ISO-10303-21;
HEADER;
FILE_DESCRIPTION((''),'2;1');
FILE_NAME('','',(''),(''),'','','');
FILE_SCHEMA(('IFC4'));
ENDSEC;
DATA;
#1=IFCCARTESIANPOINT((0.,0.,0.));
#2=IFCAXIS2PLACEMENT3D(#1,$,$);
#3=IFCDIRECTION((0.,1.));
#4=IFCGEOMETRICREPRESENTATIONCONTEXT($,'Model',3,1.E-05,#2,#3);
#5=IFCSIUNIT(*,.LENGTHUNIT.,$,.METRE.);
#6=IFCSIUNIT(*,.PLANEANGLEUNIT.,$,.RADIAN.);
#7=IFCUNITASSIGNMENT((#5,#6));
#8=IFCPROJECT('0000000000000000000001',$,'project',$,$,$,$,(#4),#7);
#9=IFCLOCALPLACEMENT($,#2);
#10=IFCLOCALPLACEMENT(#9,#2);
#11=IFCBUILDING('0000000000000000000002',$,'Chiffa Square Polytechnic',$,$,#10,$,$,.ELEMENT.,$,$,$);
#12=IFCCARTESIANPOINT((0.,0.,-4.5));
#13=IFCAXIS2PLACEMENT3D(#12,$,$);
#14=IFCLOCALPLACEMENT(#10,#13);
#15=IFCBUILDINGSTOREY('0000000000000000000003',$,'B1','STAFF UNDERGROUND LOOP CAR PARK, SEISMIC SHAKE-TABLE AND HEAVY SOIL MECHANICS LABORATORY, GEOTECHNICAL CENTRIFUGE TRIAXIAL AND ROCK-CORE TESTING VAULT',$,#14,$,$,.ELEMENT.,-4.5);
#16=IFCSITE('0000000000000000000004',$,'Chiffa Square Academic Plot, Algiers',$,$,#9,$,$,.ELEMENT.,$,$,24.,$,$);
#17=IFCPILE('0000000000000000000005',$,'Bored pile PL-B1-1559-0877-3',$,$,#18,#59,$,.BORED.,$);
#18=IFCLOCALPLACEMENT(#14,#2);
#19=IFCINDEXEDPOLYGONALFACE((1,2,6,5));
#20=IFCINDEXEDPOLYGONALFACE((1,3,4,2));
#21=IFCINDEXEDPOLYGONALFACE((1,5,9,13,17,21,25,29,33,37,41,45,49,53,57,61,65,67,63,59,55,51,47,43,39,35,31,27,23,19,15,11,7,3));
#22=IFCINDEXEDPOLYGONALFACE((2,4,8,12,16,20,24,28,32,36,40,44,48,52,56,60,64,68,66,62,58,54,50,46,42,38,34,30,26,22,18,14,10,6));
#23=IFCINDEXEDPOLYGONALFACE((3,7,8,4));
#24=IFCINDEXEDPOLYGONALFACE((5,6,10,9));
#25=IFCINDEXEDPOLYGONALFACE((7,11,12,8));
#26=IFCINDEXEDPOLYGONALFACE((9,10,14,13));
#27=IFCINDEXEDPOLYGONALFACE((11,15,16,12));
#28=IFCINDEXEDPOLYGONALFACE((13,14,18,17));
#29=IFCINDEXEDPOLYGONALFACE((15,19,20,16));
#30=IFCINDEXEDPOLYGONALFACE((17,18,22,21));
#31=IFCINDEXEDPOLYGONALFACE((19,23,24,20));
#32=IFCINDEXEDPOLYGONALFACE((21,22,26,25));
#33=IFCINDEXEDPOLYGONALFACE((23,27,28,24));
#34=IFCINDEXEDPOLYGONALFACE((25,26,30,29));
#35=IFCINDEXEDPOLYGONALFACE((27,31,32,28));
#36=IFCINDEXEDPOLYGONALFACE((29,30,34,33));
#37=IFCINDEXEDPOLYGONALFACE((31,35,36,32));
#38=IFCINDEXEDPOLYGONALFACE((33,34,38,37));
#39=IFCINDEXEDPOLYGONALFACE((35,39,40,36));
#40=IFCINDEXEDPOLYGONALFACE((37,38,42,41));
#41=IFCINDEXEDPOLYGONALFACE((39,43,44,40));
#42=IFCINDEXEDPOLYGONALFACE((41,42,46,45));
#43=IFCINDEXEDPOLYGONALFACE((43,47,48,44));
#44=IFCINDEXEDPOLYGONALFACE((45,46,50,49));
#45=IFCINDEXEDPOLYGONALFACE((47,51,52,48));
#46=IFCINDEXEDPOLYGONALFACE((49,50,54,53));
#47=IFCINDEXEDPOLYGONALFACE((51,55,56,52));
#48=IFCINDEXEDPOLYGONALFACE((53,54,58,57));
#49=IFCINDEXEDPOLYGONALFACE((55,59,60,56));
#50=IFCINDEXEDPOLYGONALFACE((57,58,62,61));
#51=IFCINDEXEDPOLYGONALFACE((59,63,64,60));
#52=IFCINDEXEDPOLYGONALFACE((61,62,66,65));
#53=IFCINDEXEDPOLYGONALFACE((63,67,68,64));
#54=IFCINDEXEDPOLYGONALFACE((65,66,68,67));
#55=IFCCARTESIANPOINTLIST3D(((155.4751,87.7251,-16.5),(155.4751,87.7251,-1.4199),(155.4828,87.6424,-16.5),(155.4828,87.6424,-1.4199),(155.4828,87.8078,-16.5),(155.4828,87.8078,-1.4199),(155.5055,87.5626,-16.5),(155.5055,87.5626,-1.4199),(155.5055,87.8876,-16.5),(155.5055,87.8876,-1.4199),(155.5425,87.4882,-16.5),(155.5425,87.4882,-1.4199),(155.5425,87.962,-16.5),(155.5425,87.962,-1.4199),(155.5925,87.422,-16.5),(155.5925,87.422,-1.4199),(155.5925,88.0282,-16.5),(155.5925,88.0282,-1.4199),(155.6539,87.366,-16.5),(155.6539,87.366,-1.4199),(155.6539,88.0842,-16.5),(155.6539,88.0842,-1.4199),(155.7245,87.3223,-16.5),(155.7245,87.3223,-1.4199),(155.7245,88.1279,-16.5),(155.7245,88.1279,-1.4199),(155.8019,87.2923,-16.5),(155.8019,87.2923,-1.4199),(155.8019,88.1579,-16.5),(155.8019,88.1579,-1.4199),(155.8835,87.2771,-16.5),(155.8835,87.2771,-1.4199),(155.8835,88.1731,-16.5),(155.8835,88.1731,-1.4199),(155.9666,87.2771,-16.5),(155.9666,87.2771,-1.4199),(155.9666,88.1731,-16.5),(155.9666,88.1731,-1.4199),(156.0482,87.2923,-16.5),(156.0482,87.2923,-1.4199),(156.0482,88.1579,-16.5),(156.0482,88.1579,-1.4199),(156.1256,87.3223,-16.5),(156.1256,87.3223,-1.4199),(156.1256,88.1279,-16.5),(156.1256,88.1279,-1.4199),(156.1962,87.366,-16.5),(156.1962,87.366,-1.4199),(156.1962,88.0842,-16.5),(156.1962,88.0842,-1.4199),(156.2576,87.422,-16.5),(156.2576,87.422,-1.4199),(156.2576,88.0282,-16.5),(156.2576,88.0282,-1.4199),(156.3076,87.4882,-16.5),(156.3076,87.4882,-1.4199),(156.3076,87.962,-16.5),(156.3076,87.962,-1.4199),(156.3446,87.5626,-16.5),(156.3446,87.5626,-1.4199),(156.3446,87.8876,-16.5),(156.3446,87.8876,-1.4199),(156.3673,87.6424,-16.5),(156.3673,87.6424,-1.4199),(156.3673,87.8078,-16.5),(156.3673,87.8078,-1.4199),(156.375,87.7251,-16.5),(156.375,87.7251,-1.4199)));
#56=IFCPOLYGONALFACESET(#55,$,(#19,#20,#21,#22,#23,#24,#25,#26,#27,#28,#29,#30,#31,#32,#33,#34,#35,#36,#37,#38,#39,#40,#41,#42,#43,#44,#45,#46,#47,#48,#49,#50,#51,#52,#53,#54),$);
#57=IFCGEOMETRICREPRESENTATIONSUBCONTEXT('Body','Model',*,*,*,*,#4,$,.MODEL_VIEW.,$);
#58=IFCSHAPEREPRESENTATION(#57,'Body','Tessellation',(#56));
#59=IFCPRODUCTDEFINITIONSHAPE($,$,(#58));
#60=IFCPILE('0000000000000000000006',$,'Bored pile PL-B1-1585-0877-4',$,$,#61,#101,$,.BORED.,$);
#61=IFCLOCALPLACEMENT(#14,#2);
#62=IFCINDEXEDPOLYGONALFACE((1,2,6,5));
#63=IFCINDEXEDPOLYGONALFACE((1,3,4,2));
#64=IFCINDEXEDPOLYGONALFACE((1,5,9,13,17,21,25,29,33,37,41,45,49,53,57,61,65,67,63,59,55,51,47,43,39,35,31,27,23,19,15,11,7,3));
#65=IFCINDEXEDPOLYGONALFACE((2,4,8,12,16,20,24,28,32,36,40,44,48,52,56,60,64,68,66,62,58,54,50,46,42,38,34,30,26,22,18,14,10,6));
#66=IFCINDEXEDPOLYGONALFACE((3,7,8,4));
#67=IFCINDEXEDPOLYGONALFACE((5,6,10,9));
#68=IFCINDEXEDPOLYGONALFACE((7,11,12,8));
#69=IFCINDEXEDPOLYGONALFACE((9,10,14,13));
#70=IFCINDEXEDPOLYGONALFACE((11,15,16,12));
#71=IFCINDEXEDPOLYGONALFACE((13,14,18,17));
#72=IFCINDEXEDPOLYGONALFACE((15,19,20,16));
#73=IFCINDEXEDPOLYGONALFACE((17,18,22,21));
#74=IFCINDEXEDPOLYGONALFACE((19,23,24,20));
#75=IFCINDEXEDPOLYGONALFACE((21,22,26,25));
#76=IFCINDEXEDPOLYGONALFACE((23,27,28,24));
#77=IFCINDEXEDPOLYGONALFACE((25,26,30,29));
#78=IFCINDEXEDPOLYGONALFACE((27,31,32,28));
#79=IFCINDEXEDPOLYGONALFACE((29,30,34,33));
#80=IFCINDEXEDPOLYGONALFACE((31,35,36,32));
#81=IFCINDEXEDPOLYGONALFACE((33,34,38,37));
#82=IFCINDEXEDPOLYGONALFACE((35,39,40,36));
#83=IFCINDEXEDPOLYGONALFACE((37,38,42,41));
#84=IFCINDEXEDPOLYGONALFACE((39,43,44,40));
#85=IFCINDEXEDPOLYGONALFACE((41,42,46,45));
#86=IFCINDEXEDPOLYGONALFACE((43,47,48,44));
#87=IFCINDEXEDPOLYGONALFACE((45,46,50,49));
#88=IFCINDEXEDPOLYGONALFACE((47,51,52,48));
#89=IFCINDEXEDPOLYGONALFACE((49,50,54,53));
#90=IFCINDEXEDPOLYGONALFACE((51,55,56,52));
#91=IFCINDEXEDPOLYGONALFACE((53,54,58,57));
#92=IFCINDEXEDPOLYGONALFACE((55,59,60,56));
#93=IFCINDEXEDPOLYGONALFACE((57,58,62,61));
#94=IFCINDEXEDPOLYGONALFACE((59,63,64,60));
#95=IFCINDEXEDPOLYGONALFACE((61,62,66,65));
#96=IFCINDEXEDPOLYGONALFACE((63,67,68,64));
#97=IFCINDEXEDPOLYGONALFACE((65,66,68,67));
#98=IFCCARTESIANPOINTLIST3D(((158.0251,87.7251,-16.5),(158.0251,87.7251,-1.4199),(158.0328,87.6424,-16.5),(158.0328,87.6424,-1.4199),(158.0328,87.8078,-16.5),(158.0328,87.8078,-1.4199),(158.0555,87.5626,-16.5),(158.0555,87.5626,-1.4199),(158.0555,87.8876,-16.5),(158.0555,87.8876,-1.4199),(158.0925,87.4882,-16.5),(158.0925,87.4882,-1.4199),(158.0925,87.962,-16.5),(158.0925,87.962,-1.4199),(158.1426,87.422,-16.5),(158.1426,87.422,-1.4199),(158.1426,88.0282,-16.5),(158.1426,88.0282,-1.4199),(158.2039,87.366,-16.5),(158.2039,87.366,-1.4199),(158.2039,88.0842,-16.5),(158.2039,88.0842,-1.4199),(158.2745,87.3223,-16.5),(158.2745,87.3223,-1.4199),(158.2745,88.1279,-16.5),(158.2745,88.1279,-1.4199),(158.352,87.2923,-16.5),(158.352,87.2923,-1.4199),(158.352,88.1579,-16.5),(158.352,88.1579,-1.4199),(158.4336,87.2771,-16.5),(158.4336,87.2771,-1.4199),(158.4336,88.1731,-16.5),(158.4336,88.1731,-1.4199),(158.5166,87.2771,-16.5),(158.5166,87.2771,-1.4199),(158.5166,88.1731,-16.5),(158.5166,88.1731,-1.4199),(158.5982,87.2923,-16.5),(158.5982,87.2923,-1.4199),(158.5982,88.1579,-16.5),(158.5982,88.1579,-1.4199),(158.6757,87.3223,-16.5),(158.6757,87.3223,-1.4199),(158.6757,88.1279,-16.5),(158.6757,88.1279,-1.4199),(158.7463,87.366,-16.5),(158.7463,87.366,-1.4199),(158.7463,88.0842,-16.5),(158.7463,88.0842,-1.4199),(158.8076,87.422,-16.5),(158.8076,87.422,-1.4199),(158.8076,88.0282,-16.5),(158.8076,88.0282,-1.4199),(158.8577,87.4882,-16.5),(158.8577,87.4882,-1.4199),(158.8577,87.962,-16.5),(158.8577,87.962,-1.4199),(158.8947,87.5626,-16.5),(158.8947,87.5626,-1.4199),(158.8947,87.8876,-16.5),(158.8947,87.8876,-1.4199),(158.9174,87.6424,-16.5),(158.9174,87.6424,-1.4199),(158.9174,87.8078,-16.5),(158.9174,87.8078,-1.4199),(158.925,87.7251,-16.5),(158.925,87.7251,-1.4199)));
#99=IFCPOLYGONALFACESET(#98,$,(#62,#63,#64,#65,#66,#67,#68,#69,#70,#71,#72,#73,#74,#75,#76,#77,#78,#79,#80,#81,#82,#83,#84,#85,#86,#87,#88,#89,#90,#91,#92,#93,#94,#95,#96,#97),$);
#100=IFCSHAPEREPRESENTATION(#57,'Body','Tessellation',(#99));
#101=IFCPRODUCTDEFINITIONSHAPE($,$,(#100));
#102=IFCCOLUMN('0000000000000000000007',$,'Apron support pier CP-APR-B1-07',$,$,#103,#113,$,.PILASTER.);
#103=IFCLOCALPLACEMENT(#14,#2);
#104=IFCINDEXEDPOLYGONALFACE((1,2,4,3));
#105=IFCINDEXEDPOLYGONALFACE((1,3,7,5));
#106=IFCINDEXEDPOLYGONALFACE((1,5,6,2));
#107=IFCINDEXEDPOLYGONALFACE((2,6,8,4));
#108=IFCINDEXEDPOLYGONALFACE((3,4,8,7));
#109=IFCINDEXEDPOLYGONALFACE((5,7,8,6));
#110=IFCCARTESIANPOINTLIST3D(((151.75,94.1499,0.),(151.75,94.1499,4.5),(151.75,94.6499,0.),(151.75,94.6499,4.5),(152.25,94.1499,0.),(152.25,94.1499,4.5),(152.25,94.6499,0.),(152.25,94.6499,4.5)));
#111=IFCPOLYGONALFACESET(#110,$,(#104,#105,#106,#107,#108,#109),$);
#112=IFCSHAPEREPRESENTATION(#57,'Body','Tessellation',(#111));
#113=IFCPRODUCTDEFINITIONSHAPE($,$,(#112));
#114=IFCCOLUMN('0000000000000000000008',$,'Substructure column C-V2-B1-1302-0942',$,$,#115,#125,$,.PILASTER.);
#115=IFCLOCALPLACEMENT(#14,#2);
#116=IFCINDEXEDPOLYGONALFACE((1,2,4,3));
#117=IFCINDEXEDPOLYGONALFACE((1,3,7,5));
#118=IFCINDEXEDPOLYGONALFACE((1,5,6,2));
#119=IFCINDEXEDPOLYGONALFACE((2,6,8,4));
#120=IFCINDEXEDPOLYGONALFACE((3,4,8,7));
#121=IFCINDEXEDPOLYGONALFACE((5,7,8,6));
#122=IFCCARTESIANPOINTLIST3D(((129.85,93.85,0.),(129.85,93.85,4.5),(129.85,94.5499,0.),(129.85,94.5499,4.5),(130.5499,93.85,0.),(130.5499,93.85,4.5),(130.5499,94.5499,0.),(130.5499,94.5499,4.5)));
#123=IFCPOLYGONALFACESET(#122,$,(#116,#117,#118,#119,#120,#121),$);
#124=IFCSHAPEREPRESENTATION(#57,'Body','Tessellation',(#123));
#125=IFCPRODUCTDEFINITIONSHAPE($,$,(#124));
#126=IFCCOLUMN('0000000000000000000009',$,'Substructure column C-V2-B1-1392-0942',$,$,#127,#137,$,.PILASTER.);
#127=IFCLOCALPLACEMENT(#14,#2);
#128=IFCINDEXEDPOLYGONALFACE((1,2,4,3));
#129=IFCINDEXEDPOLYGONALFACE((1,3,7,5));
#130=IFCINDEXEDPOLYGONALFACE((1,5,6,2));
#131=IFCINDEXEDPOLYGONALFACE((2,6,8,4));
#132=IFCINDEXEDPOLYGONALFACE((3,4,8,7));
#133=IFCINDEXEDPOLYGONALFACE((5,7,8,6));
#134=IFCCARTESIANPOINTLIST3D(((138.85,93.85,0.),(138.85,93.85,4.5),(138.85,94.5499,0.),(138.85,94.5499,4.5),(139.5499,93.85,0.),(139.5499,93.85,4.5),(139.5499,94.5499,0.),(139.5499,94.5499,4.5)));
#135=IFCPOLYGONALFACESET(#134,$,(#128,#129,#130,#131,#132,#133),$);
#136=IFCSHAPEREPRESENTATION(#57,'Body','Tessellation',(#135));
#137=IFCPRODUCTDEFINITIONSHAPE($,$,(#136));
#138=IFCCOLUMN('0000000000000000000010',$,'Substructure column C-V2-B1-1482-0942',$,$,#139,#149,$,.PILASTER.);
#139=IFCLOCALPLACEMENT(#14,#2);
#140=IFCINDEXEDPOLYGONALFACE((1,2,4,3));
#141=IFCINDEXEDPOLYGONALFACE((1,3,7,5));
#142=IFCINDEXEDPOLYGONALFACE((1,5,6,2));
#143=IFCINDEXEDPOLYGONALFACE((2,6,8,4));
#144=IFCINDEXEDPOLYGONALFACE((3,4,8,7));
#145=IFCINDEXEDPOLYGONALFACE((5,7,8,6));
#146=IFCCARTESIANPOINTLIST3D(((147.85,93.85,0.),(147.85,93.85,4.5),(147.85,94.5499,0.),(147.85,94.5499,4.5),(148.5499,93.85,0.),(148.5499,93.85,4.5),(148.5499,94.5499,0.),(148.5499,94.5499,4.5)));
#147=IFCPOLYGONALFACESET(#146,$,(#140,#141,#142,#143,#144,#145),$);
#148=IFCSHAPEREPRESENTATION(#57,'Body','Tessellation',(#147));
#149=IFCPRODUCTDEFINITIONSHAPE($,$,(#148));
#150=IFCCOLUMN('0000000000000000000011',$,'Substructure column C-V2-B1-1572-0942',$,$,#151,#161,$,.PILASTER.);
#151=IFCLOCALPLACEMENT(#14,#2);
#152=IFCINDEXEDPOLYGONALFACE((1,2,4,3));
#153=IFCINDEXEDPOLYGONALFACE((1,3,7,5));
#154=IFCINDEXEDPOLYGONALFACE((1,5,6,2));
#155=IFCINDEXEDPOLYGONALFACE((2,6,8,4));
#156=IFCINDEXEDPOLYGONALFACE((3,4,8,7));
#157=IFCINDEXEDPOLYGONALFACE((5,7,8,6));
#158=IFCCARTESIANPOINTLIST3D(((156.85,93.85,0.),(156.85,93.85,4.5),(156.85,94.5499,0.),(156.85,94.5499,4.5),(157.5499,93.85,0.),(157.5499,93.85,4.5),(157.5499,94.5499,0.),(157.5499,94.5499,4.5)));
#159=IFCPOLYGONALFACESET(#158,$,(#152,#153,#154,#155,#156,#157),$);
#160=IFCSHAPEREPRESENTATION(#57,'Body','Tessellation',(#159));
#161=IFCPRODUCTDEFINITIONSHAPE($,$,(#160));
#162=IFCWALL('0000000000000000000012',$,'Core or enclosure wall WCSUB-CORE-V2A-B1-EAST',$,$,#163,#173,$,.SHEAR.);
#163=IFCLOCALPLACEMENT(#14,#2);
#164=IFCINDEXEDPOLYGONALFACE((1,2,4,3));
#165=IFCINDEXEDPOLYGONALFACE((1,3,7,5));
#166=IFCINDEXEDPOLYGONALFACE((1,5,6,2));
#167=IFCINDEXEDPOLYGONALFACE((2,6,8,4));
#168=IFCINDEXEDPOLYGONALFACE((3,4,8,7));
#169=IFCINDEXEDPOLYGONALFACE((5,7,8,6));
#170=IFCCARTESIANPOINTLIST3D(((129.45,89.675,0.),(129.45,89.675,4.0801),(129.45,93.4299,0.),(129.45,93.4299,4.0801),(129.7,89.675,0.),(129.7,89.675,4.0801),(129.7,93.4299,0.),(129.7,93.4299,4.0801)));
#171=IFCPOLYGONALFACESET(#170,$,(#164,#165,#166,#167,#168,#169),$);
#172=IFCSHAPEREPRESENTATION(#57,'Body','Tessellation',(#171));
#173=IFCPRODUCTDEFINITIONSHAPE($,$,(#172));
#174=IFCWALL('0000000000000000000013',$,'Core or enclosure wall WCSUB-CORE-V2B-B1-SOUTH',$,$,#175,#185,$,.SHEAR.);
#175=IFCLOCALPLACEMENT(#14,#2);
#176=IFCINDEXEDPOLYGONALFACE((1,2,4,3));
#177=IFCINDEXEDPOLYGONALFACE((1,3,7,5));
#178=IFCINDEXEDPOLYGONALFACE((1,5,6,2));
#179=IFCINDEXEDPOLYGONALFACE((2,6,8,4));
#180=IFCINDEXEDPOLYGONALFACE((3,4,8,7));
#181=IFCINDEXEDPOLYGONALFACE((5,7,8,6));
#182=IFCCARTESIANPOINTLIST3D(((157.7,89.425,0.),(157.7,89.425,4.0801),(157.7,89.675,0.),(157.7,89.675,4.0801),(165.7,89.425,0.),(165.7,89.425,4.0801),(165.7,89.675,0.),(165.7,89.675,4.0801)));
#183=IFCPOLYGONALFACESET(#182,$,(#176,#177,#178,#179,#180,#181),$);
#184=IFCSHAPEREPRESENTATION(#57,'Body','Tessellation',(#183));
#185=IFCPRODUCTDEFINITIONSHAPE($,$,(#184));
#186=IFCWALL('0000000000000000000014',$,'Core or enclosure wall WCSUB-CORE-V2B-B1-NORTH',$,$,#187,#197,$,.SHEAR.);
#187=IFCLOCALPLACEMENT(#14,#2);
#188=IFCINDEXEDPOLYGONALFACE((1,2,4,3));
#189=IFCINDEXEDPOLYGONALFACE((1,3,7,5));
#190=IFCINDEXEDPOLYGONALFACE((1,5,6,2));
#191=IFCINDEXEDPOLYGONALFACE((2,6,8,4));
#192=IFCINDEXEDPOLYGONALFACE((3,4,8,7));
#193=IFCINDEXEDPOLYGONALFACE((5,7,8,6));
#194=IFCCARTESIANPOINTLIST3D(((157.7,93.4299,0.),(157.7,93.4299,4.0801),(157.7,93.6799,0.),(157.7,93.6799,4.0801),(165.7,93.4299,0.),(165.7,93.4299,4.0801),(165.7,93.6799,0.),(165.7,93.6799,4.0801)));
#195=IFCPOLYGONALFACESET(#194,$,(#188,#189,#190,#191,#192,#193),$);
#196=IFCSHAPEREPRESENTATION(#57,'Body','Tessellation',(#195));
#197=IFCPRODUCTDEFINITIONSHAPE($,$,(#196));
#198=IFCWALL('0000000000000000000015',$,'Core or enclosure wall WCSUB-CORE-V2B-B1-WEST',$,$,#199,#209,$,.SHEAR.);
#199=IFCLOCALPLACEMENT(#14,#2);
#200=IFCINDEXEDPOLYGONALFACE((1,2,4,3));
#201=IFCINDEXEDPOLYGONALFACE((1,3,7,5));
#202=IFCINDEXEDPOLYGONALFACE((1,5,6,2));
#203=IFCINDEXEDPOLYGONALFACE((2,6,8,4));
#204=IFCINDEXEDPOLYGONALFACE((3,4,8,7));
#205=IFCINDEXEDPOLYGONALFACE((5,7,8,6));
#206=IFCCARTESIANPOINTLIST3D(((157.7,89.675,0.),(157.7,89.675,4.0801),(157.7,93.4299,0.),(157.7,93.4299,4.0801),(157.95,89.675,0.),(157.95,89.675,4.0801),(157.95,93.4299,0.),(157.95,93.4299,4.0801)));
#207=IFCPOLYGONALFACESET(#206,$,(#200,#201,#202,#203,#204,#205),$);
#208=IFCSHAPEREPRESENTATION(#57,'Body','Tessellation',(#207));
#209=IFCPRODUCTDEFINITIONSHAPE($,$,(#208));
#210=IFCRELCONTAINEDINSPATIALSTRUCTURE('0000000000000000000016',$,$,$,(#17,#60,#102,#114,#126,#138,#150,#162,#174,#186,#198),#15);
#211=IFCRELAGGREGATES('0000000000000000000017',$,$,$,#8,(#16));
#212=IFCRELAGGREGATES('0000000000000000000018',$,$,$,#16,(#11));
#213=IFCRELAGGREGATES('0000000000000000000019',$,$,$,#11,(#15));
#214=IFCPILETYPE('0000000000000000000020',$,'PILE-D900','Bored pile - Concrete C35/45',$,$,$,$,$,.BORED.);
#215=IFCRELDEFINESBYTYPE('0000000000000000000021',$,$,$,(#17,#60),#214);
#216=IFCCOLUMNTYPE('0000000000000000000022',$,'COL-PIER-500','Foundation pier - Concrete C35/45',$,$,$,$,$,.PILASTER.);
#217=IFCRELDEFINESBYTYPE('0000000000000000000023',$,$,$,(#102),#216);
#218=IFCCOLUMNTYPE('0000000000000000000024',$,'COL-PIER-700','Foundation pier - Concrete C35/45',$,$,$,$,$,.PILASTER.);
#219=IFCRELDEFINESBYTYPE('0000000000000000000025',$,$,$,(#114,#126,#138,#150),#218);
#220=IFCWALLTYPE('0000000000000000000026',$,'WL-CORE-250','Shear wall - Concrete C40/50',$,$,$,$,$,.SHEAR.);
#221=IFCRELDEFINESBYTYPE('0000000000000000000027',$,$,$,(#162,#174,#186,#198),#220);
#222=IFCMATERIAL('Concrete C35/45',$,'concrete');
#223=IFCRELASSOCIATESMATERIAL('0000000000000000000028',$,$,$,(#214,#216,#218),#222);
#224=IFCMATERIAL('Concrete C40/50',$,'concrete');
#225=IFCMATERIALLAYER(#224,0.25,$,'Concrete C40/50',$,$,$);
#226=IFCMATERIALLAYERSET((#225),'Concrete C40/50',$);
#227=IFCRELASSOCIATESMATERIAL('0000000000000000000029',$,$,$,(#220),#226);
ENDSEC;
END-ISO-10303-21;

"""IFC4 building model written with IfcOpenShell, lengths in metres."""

from ifc_helpers import new_model, si_unit, direction, frame, frame_2d, origin, origin_2d, place, context, subcontext, project, spatial, rectangle, circle, extrude, material, layer, layer_set, material_profile, profile_set, type_object, element, save


model = new_model("IFC4")

# Units and contexts
model_context = context("Model", 3, precision=1e-05, world=origin(), true_north=direction((0.0, 1.0)))
body_context = subcontext(model_context, "Body", "Model", "MODEL_VIEW")
ifc_project = project(units=[si_unit("LENGTHUNIT", "METRE"), si_unit("PLANEANGLEUNIT", "RADIAN")], contexts=[model_context])

# Site, building, storey
site_placement = place(None, origin())
site = spatial("IfcSite", under=ifc_project, at=site_placement, Name="Chiffa Square Academic Plot, Algiers", CompositionType="ELEMENT", RefElevation=24.0)
building_placement = place(site_placement, origin())
building = spatial("IfcBuilding", under=site, at=building_placement, Name="Chiffa Square Polytechnic", CompositionType="ELEMENT")
storey_placement = place(building_placement, frame((0.0, 0.0, -4.5)))
storey = spatial("IfcBuildingStorey", under=building, at=storey_placement, Name="B1", Description="STAFF UNDERGROUND LOOP CAR PARK, SEISMIC SHAKE-TABLE AND HEAVY SOIL MECHANICS LABORATORY, GEOTECHNICAL CENTRIFUGE TRIAXIAL AND ROCK-CORE TESTING VAULT", CompositionType="ELEMENT", Elevation=-4.5)

# Shared definitions
ifc_material_1 = material(Name="Concrete C35/45", Category="concrete")

# Piles
ifc_material_profile_1 = material_profile(ifc_material_1, circle(Radius=0.45, at=origin_2d()), Name="PILE D900")
ifc_profile_set_1 = profile_set([ifc_material_profile_1], Name="Concrete C35/45")
pile_type_1 = type_object("IfcPileType", Name="PILE-D900", Description="Bored pile - Concrete C35/45", PredefinedType="BORED", material=ifc_profile_set_1)
for number, where, z_axis, x_axis, name in (
    (1, (155.925, 87.7251, -1.4199), (0.0, 0.0, -1.0), (1.0, 0.0, 0.0), "Bored pile PL-B1-1559-0877-3"),
    (2, (158.4751, 87.7251, -1.4199), (0.0, 0.0, -1.0), (1.0, 0.0, 0.0), "Bored pile PL-B1-1585-0877-4"),
):
    element("IfcPile", number, at=place(storey_placement, frame(where, z_axis=z_axis, x_axis=x_axis)), inside=storey, type_object=pile_type_1, Name=name, PredefinedType="BORED", context=body_context, shape_type="SweptSolid", body=[
        extrude(circle(Radius=0.45, at=origin_2d()), origin(), (0.0, 0.0, 1.0), 15.0801),
    ])

# Columns
ifc_material_profile_2 = material_profile(ifc_material_1, rectangle(XDim=0.5, YDim=0.5, at=origin_2d()), Name="RC 500x500")
ifc_profile_set_2 = profile_set([ifc_material_profile_2], Name="Concrete C35/45")
column_type_1 = type_object("IfcColumnType", Name="COL-PIER-500", Description="Foundation pier - Concrete C35/45", PredefinedType="PILASTER", material=ifc_profile_set_2)
column_placement = place(storey_placement, frame((152.0, 94.3999, 0.0), z_axis=(0.0, 0.0, 1.0), x_axis=(1.0, 0.0, 0.0)))
element("IfcColumn", 3, at=column_placement, inside=storey, type_object=column_type_1, Name="Apron support pier CP-APR-B1-07", PredefinedType="PILASTER", context=body_context, shape_type="SweptSolid", body=[
    extrude(rectangle(XDim=0.5, YDim=0.5, at=origin_2d()), origin(), (0.0, 0.0, 1.0), 4.5),
])
ifc_material_profile_3 = material_profile(ifc_material_1, rectangle(XDim=0.7, YDim=0.7, at=origin_2d()), Name="RC 700x700")
ifc_profile_set_3 = profile_set([ifc_material_profile_3], Name="Concrete C35/45")
column_type_2 = type_object("IfcColumnType", Name="COL-PIER-700", Description="Foundation pier - Concrete C35/45", PredefinedType="PILASTER", material=ifc_profile_set_3)
for number, where, z_axis, x_axis, name in (
    (4, (130.2, 94.2, 0.0), (0.0, 0.0, 1.0), (1.0, 0.0, 0.0), "Substructure column C-V2-B1-1302-0942"),
    (5, (139.2, 94.2, 0.0), (0.0, 0.0, 1.0), (1.0, 0.0, 0.0), "Substructure column C-V2-B1-1392-0942"),
    (6, (148.2, 94.2, 0.0), (0.0, 0.0, 1.0), (1.0, 0.0, 0.0), "Substructure column C-V2-B1-1482-0942"),
    (7, (157.2, 94.2, 0.0), (0.0, 0.0, 1.0), (1.0, 0.0, 0.0), "Substructure column C-V2-B1-1572-0942"),
):
    element("IfcColumn", number, at=place(storey_placement, frame(where, z_axis=z_axis, x_axis=x_axis)), inside=storey, type_object=column_type_2, Name=name, PredefinedType="PILASTER", context=body_context, shape_type="SweptSolid", body=[
        extrude(rectangle(XDim=0.7, YDim=0.7, at=origin_2d()), origin(), (0.0, 0.0, 1.0), 4.5),
    ])

# Walls
ifc_material_2 = material(Name="Concrete C40/50", Category="concrete")
ifc_layer_1 = layer(ifc_material_2, 0.25, Name="Concrete C40/50")
ifc_layer_set_1 = layer_set([ifc_layer_1], Name="Concrete C40/50")
wall_type = type_object("IfcWallType", Name="WL-CORE-250", Description="Shear wall - Concrete C40/50", PredefinedType="SHEAR", material=ifc_layer_set_1)
wall_1_placement = place(storey_placement, frame((129.575, 89.675, 0.0), z_axis=(0.0, 0.0, 1.0), x_axis=(0.0, 1.0, 0.0)))
element("IfcWall", 8, at=wall_1_placement, inside=storey, type_object=wall_type, Name="Core or enclosure wall WCSUB-CORE-V2A-B1-EAST", PredefinedType="SHEAR", context=body_context, shape_type="SweptSolid", body=[
    extrude(rectangle(XDim=3.7549, YDim=0.25, at=frame_2d((1.8774, 0.0))), origin(), (0.0, 0.0, 1.0), 4.0801),
])
for number, where, z_axis, x_axis, name in (
    (9, (157.7, 89.55, 0.0), (0.0, 0.0, 1.0), (1.0, 0.0, 0.0), "Core or enclosure wall WCSUB-CORE-V2B-B1-SOUTH"),
    (10, (157.7, 93.5549, 0.0), (0.0, 0.0, 1.0), (1.0, 0.0, 0.0), "Core or enclosure wall WCSUB-CORE-V2B-B1-NORTH"),
):
    element("IfcWall", number, at=place(storey_placement, frame(where, z_axis=z_axis, x_axis=x_axis)), inside=storey, type_object=wall_type, Name=name, PredefinedType="SHEAR", context=body_context, shape_type="SweptSolid", body=[
        extrude(rectangle(XDim=8.0, YDim=0.25, at=frame_2d((4.0, 0.0))), origin(), (0.0, 0.0, 1.0), 4.0801),
    ])
wall_2_placement = place(storey_placement, frame((157.825, 89.675, 0.0), z_axis=(0.0, 0.0, 1.0), x_axis=(0.0, 1.0, 0.0)))
element("IfcWall", 11, at=wall_2_placement, inside=storey, type_object=wall_type, Name="Core or enclosure wall WCSUB-CORE-V2B-B1-WEST", PredefinedType="SHEAR", context=body_context, shape_type="SweptSolid", body=[
    extrude(rectangle(XDim=3.7549, YDim=0.25, at=frame_2d((1.8774, 0.0))), origin(), (0.0, 0.0, 1.0), 4.0801),
])

save(model, "model.ifc")
